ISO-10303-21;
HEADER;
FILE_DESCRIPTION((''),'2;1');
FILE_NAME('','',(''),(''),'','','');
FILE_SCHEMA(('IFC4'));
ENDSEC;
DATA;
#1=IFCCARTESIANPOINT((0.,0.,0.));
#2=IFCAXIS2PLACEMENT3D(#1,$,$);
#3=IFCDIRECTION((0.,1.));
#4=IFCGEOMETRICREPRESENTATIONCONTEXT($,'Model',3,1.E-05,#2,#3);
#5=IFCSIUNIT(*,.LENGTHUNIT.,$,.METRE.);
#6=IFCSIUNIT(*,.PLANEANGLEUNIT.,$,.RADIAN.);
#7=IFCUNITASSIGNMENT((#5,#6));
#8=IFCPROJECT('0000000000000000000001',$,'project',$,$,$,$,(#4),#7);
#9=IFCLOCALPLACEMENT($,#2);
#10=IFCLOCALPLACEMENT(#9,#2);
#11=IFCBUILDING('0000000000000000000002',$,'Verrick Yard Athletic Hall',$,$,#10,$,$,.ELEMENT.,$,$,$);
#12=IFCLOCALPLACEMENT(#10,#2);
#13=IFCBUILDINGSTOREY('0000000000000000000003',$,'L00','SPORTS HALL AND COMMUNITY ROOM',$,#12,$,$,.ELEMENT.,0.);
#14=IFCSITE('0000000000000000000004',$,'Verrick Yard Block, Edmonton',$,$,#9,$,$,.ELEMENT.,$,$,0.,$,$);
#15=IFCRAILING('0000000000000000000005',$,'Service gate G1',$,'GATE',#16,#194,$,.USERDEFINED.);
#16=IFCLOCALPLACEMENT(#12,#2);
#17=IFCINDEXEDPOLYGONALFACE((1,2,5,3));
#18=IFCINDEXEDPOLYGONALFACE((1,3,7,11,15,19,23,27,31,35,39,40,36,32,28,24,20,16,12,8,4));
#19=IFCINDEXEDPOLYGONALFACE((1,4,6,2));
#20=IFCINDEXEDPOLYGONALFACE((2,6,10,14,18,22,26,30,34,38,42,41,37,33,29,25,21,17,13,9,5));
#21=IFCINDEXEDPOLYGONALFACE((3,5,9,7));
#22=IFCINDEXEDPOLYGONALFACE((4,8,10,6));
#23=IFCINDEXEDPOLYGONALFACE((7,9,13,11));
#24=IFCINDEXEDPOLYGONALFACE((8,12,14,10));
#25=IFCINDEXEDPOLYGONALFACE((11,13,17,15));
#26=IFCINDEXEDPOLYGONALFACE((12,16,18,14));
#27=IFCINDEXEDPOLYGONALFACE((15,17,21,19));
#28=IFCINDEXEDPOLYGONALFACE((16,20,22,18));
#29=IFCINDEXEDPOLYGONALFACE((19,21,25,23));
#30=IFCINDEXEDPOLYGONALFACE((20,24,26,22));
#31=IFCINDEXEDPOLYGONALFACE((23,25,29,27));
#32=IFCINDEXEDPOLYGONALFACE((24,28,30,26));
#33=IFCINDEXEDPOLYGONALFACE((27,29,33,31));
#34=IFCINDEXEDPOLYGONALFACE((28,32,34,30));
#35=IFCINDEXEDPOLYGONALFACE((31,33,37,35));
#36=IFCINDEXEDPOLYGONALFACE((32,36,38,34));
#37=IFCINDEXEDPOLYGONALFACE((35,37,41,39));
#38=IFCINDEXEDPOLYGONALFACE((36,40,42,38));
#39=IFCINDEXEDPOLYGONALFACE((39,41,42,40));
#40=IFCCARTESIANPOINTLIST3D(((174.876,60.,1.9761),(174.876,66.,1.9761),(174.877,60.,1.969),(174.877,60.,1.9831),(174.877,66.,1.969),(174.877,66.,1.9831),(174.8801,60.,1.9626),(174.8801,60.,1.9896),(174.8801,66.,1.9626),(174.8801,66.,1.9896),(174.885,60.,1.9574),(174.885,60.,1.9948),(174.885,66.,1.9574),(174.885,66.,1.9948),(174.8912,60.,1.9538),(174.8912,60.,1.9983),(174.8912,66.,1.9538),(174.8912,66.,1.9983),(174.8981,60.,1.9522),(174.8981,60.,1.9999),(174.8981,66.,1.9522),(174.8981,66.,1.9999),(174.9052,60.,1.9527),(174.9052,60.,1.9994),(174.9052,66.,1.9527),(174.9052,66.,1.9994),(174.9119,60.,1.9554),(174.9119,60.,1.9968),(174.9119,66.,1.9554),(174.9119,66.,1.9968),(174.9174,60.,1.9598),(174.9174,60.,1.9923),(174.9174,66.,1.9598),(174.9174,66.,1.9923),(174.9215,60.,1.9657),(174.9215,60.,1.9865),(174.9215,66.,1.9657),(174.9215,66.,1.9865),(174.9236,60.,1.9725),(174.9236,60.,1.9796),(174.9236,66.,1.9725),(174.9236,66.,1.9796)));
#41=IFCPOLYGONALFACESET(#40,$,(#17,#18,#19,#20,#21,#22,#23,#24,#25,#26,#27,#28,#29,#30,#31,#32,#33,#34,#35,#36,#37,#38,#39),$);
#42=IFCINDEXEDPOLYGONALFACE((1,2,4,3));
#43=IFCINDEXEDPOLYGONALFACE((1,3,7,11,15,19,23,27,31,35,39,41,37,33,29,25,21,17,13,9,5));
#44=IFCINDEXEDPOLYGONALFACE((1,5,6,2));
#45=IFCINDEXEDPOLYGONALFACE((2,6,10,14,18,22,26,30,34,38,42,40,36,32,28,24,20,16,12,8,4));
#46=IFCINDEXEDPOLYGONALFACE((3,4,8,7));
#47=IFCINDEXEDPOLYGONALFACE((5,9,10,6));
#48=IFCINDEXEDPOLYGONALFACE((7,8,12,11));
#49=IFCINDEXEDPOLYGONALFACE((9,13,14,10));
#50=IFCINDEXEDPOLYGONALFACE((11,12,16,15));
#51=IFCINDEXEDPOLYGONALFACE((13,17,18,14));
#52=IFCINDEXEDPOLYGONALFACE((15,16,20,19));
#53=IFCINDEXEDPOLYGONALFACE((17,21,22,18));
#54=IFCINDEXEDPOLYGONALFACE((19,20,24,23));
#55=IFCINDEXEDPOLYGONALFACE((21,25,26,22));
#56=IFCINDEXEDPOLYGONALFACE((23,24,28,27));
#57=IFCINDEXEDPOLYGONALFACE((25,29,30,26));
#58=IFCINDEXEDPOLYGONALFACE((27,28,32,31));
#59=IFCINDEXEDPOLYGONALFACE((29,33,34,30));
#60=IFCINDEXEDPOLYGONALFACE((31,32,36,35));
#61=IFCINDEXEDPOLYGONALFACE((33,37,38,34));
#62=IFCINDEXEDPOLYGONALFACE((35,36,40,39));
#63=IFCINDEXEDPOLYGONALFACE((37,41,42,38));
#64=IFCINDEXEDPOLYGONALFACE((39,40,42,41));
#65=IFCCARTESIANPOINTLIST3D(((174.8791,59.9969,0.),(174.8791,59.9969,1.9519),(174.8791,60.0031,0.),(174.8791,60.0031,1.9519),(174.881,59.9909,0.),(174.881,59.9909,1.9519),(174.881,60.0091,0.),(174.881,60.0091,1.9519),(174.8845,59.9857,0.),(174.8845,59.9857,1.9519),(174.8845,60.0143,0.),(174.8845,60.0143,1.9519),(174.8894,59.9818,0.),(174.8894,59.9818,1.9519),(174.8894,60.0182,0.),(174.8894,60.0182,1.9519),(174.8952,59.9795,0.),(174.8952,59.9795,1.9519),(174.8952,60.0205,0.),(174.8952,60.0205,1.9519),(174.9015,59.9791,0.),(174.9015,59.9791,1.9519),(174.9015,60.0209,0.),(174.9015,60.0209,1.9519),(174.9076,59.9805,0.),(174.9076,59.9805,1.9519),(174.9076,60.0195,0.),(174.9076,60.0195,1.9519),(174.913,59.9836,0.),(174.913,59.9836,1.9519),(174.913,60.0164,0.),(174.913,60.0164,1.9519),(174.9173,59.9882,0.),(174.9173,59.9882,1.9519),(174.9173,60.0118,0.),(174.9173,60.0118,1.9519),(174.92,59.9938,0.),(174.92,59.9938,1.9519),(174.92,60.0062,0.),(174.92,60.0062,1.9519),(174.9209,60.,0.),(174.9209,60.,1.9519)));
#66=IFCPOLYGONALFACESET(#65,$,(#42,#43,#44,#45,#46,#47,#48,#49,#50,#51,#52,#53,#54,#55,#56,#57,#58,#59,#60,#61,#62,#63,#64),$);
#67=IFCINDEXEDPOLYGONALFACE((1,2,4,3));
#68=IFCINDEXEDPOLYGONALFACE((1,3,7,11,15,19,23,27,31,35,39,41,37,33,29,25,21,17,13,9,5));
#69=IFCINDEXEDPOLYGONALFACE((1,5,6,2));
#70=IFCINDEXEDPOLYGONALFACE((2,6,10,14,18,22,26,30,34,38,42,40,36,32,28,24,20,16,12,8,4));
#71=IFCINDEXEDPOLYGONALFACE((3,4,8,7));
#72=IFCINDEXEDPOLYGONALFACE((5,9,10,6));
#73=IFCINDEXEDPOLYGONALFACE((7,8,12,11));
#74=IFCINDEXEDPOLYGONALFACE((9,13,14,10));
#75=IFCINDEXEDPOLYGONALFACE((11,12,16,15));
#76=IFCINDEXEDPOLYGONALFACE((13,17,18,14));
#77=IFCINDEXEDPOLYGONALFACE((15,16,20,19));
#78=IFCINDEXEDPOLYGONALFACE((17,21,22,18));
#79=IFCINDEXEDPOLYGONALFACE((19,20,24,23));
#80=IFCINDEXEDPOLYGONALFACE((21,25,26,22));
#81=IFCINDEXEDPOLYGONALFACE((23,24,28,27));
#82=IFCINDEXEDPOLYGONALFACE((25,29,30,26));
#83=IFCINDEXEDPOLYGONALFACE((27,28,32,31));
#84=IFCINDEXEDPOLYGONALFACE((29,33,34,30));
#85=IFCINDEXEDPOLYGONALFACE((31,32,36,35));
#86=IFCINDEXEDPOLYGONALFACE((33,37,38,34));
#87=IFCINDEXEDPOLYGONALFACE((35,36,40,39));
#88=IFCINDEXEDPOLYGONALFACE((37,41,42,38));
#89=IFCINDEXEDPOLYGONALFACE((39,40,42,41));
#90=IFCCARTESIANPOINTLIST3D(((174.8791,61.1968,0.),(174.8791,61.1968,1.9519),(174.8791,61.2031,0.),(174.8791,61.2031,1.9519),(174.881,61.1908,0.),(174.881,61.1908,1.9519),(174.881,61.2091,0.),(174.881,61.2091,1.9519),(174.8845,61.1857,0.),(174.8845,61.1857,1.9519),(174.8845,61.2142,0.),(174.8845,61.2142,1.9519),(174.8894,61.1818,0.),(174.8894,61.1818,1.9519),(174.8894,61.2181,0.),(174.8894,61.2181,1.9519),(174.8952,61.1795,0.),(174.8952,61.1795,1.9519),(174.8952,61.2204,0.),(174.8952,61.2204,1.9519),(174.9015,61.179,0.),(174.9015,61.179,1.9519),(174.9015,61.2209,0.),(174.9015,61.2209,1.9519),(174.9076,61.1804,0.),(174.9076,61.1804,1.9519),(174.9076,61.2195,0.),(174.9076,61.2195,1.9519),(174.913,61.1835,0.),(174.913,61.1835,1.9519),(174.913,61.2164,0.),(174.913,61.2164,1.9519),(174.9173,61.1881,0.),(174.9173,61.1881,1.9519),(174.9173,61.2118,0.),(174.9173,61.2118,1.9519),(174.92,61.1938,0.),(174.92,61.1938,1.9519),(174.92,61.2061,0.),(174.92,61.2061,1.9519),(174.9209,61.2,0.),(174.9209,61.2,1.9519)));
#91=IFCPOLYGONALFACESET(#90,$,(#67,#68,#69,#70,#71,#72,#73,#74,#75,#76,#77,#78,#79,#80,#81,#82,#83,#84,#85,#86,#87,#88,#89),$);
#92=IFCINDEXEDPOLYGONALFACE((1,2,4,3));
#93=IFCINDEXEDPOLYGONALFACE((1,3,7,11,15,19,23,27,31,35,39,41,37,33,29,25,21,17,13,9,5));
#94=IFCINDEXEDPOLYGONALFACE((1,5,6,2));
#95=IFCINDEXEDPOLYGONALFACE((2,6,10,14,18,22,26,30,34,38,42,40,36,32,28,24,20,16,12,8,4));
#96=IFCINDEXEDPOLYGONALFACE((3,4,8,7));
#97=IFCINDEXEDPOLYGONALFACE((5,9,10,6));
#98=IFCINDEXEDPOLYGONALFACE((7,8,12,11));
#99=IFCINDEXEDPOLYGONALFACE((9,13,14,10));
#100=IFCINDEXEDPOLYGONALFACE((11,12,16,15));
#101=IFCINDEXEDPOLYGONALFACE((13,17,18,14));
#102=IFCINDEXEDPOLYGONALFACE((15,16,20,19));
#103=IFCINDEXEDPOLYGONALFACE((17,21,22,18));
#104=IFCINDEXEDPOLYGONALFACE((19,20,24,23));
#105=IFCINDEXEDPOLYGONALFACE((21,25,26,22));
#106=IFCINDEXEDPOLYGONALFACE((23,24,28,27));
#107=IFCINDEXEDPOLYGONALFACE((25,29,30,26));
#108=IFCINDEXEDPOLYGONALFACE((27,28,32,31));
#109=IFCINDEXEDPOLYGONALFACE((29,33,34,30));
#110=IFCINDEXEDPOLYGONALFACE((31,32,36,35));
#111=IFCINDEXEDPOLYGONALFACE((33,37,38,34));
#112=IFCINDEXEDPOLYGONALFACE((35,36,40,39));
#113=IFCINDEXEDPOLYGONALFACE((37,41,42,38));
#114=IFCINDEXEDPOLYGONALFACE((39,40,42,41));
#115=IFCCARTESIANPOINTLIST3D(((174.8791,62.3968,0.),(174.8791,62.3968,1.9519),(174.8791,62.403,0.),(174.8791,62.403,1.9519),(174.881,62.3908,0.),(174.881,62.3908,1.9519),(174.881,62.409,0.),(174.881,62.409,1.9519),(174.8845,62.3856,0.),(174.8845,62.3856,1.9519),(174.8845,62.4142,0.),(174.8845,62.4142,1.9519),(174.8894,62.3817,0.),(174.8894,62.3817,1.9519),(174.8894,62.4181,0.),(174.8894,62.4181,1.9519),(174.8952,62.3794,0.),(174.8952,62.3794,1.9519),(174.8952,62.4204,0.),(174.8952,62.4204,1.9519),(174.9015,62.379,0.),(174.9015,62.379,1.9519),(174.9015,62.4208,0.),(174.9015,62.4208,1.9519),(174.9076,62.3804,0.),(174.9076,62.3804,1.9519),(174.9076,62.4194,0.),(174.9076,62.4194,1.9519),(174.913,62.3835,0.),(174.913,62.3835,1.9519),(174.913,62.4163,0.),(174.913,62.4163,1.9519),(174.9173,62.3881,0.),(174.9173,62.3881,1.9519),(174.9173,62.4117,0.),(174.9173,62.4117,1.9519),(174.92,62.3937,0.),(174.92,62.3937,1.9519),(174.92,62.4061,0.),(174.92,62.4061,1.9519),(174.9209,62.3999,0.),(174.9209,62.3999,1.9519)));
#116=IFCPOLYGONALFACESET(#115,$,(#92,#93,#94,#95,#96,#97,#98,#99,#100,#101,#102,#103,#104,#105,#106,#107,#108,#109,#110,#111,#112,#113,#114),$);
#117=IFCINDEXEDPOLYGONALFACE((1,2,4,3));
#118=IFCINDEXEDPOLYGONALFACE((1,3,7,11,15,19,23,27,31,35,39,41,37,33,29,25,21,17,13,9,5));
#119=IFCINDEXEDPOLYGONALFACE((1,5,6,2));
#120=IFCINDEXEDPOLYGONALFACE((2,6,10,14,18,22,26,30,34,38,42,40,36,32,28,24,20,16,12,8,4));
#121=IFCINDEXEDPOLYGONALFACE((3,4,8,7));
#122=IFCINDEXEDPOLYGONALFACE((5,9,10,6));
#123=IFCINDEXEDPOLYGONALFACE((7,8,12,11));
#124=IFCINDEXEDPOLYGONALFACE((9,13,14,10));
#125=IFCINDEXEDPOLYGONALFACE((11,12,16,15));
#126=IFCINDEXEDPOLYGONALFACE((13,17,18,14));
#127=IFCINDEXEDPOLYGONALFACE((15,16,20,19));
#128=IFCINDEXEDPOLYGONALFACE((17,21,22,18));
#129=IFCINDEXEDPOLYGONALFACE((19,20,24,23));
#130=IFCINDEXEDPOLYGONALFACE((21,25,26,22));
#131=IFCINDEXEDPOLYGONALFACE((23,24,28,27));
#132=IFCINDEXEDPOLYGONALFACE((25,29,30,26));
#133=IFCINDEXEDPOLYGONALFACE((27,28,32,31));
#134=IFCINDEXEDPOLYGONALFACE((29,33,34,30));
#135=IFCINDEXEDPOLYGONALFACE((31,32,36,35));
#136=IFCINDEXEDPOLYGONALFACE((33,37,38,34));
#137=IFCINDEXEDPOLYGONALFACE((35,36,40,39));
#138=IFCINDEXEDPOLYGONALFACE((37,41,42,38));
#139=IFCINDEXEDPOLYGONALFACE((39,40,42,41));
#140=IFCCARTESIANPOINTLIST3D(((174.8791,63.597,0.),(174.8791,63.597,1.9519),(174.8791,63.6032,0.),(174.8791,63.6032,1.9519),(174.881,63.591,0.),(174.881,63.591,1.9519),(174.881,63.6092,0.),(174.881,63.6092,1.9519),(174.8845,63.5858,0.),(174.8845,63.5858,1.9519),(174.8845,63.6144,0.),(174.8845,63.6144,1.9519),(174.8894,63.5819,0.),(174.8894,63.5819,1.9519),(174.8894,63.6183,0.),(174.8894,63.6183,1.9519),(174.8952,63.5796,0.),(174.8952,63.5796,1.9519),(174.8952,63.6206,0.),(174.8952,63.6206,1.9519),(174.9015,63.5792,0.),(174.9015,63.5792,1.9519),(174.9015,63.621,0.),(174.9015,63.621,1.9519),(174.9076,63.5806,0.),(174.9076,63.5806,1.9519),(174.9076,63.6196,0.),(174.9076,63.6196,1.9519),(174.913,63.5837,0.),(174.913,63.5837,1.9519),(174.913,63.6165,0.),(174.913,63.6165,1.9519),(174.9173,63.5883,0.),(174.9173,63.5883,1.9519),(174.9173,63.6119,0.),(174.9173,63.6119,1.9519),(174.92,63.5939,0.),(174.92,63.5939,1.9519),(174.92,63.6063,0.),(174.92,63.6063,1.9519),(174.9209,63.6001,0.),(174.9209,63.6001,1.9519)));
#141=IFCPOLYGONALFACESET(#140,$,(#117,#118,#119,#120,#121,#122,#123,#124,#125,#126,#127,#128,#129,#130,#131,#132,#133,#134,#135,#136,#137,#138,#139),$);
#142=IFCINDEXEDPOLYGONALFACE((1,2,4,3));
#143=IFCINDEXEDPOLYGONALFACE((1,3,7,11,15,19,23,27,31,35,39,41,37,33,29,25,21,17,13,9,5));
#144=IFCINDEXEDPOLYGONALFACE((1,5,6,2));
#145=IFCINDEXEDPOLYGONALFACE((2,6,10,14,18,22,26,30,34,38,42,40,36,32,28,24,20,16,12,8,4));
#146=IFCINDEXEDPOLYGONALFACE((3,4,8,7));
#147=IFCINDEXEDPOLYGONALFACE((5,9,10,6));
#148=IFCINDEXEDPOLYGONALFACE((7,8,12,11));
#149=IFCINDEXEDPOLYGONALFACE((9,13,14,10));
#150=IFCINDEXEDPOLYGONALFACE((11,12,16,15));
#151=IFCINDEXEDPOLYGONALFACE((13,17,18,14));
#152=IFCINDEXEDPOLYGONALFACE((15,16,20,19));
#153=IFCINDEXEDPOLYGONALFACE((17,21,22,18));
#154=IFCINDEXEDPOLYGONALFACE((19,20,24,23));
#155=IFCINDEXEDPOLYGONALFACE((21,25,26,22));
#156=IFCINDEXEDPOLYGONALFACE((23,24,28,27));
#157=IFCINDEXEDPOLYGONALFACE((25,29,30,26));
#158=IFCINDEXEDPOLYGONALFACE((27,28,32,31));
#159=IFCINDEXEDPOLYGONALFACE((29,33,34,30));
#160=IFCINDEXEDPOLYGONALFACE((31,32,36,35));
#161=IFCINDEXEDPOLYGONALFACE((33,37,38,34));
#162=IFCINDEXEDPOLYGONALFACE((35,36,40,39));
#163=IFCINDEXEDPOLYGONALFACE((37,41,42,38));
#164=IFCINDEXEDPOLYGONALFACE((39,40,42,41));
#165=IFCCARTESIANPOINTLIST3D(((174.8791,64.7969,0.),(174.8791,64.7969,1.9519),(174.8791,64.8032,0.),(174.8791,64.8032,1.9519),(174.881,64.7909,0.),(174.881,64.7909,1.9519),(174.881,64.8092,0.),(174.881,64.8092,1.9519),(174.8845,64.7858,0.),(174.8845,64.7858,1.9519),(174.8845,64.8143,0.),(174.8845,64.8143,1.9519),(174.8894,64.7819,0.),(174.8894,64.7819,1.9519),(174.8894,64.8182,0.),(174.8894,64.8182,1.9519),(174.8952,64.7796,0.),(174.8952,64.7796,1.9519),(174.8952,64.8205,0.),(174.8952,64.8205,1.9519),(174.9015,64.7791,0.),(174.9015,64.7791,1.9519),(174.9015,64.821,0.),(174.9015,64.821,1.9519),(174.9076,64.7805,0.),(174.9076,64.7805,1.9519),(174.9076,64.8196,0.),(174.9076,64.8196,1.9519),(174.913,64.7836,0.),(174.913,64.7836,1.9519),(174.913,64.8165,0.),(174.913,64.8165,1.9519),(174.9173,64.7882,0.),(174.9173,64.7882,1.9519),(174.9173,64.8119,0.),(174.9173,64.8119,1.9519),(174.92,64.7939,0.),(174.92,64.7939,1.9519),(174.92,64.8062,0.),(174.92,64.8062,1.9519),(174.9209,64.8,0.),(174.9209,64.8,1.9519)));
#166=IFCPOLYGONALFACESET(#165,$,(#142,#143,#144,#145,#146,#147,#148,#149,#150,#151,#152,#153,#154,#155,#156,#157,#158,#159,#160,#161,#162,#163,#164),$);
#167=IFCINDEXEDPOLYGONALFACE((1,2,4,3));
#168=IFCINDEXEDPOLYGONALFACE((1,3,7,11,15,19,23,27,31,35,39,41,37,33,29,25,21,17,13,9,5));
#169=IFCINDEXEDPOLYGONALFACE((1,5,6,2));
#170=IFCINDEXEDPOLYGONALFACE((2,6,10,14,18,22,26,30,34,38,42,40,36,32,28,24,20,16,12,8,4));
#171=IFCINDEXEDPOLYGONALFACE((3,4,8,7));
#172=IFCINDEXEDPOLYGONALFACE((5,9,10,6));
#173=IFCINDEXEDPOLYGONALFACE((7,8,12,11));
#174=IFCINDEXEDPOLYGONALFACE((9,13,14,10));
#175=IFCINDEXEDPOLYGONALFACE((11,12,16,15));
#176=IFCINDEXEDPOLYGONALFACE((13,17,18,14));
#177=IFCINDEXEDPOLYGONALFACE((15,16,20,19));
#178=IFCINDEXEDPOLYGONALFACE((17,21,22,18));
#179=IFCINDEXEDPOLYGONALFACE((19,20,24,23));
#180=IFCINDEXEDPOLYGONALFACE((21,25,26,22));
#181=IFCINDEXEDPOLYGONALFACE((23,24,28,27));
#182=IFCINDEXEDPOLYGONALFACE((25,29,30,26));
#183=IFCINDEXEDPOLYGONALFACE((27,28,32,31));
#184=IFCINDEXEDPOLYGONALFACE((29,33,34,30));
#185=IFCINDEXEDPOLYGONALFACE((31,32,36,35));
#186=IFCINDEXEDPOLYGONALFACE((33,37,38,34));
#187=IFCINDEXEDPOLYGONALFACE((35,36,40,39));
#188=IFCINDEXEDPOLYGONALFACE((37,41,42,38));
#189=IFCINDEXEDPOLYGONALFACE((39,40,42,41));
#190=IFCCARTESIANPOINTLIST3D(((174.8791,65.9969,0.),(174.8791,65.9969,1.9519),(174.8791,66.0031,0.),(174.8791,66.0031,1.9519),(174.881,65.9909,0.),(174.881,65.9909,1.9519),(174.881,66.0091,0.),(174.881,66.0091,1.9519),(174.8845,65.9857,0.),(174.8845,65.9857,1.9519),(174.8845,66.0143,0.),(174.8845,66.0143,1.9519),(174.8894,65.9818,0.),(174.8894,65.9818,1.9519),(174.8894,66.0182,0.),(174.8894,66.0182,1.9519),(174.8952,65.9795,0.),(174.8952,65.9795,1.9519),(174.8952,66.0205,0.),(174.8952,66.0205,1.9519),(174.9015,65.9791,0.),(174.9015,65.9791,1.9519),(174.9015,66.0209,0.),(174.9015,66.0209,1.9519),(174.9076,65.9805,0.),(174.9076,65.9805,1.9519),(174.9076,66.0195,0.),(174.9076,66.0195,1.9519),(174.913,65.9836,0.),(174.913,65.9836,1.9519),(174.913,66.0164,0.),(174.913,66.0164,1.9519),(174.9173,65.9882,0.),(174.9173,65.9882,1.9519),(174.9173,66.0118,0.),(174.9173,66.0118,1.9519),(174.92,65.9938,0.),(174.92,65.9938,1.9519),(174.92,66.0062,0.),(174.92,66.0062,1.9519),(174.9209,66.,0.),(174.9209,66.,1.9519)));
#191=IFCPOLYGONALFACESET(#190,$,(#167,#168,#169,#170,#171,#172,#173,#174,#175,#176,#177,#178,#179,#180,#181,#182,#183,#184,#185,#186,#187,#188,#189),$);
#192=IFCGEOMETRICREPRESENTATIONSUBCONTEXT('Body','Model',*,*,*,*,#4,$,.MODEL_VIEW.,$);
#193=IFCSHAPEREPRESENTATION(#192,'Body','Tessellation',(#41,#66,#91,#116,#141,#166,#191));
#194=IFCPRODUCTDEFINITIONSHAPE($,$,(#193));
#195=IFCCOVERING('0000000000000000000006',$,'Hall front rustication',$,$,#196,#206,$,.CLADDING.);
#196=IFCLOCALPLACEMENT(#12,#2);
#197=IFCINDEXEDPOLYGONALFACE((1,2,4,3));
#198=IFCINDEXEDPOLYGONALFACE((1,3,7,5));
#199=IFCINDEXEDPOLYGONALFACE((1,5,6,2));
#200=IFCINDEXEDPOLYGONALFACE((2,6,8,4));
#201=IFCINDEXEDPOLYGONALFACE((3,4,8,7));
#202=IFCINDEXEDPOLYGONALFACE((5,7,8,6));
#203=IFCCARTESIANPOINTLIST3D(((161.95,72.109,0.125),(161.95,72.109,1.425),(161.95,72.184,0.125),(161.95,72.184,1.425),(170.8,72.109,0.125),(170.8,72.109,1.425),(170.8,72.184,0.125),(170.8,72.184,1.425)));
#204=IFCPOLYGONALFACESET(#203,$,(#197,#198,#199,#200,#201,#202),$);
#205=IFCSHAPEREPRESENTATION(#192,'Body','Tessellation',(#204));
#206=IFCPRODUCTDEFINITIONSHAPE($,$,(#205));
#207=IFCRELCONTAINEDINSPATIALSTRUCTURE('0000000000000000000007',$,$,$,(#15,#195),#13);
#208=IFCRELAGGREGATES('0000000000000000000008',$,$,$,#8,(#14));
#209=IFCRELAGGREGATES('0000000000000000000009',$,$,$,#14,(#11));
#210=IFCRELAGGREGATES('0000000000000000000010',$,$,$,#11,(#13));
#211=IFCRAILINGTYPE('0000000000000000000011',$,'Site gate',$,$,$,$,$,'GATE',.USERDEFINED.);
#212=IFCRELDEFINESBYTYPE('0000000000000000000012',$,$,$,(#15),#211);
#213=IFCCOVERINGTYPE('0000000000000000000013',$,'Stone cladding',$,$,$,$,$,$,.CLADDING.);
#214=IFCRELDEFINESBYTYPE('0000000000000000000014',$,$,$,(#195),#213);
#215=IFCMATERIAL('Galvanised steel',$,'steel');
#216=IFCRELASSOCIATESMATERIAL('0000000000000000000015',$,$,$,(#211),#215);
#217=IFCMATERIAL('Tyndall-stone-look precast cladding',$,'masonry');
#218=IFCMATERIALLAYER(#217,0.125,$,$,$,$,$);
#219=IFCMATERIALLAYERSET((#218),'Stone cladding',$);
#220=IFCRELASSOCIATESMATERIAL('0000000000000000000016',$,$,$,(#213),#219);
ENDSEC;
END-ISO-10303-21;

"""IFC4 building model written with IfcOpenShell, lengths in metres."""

from ifc_helpers import new_model, si_unit, direction, frame, origin, origin_2d, place, context, subcontext, project, spatial, rectangle, circle, extrude, material, layer, layer_set, type_object, element, save


model = new_model("IFC4")

# Units and contexts
model_context = context("Model", 3, precision=1e-05, world=origin(), true_north=direction((0.0, 1.0)))
body_context = subcontext(model_context, "Body", "Model", "MODEL_VIEW")
ifc_project = project(units=[si_unit("LENGTHUNIT", "METRE"), si_unit("PLANEANGLEUNIT", "RADIAN")], contexts=[model_context])

# Site, building, storey
site_placement = place(None, origin())
site = spatial("IfcSite", under=ifc_project, at=site_placement, Name="Verrick Yard Block, Edmonton", CompositionType="ELEMENT", RefElevation=0.0)
building_placement = place(site_placement, origin())
building = spatial("IfcBuilding", under=site, at=building_placement, Name="Verrick Yard Athletic Hall", CompositionType="ELEMENT")
storey_placement = place(building_placement, origin())
storey = spatial("IfcBuildingStorey", under=building, at=storey_placement, Name="L00", Description="SPORTS HALL AND COMMUNITY ROOM", CompositionType="ELEMENT", Elevation=0.0)

# Shared definitions
ifc_material_1 = material(Name="Tyndall-stone-look precast cladding", Category="masonry")

# Railing
ifc_material_2 = material(Name="Galvanised steel", Category="steel")
railing_type_1 = type_object("IfcRailingType", Name="Site gate", ElementType="GATE", PredefinedType="USERDEFINED", material=ifc_material_2)
railing_1_placement = place(storey_placement, frame((174.8999, 60.0, 0.0)))
element("IfcRailing", 1, at=railing_1_placement, inside=storey, type_object=railing_type_1, Name="Service gate G1", ObjectType="GATE", PredefinedType="USERDEFINED", context=body_context, shape_type="SweptSolid", body=[
    extrude(circle(Radius=0.0239, at=origin_2d()), frame((0.0, 0.0, 1.9761), z_axis=(0.0, 1.0, 0.0), x_axis=(-1.0, 0.0, 0.0)), (0.0, 0.0, 1.0), 6.0),
    extrude(circle(Radius=0.021, at=origin_2d()), origin(), (0.0, 0.0, 1.0), 1.9519),
    extrude(circle(Radius=0.021, at=origin_2d()), frame((0.0, 1.2, 0.0)), (0.0, 0.0, 1.0), 1.9519),
    extrude(circle(Radius=0.021, at=origin_2d()), frame((0.0, 2.3999, 0.0)), (0.0, 0.0, 1.0), 1.9519),
    extrude(circle(Radius=0.021, at=origin_2d()), frame((0.0, 3.6001, 0.0)), (0.0, 0.0, 1.0), 1.9519),
    extrude(circle(Radius=0.021, at=origin_2d()), frame((0.0, 4.8, 0.0)), (0.0, 0.0, 1.0), 1.9519),
    extrude(circle(Radius=0.021, at=origin_2d()), frame((0.0, 6.0, 0.0)), (0.0, 0.0, 1.0), 1.9519),
])

# Covering
ifc_layer_1 = layer(ifc_material_1, 0.125)
ifc_layer_set_1 = layer_set([ifc_layer_1], Name="Stone cladding")
covering_type = type_object("IfcCoveringType", Name="Stone cladding", PredefinedType="CLADDING", material=ifc_layer_set_1)
for number, where, z_axis, x_axis, name in (
    (2, (166.375, 72.1465, 0.125), (0.0, 0.0, 1.0), (1.0, 0.0, 0.0), "Hall front rustication"),
):
    element("IfcCovering", number, at=place(storey_placement, frame(where, z_axis=z_axis, x_axis=x_axis)), inside=storey, type_object=covering_type, Name=name, PredefinedType="CLADDING", context=body_context, shape_type="SweptSolid", body=[
        extrude(rectangle(XDim=8.8501, YDim=0.075, at=origin_2d()), origin(), (0.0, 0.0, 1.0), 1.3),
    ])

save(model, "model.ifc")
